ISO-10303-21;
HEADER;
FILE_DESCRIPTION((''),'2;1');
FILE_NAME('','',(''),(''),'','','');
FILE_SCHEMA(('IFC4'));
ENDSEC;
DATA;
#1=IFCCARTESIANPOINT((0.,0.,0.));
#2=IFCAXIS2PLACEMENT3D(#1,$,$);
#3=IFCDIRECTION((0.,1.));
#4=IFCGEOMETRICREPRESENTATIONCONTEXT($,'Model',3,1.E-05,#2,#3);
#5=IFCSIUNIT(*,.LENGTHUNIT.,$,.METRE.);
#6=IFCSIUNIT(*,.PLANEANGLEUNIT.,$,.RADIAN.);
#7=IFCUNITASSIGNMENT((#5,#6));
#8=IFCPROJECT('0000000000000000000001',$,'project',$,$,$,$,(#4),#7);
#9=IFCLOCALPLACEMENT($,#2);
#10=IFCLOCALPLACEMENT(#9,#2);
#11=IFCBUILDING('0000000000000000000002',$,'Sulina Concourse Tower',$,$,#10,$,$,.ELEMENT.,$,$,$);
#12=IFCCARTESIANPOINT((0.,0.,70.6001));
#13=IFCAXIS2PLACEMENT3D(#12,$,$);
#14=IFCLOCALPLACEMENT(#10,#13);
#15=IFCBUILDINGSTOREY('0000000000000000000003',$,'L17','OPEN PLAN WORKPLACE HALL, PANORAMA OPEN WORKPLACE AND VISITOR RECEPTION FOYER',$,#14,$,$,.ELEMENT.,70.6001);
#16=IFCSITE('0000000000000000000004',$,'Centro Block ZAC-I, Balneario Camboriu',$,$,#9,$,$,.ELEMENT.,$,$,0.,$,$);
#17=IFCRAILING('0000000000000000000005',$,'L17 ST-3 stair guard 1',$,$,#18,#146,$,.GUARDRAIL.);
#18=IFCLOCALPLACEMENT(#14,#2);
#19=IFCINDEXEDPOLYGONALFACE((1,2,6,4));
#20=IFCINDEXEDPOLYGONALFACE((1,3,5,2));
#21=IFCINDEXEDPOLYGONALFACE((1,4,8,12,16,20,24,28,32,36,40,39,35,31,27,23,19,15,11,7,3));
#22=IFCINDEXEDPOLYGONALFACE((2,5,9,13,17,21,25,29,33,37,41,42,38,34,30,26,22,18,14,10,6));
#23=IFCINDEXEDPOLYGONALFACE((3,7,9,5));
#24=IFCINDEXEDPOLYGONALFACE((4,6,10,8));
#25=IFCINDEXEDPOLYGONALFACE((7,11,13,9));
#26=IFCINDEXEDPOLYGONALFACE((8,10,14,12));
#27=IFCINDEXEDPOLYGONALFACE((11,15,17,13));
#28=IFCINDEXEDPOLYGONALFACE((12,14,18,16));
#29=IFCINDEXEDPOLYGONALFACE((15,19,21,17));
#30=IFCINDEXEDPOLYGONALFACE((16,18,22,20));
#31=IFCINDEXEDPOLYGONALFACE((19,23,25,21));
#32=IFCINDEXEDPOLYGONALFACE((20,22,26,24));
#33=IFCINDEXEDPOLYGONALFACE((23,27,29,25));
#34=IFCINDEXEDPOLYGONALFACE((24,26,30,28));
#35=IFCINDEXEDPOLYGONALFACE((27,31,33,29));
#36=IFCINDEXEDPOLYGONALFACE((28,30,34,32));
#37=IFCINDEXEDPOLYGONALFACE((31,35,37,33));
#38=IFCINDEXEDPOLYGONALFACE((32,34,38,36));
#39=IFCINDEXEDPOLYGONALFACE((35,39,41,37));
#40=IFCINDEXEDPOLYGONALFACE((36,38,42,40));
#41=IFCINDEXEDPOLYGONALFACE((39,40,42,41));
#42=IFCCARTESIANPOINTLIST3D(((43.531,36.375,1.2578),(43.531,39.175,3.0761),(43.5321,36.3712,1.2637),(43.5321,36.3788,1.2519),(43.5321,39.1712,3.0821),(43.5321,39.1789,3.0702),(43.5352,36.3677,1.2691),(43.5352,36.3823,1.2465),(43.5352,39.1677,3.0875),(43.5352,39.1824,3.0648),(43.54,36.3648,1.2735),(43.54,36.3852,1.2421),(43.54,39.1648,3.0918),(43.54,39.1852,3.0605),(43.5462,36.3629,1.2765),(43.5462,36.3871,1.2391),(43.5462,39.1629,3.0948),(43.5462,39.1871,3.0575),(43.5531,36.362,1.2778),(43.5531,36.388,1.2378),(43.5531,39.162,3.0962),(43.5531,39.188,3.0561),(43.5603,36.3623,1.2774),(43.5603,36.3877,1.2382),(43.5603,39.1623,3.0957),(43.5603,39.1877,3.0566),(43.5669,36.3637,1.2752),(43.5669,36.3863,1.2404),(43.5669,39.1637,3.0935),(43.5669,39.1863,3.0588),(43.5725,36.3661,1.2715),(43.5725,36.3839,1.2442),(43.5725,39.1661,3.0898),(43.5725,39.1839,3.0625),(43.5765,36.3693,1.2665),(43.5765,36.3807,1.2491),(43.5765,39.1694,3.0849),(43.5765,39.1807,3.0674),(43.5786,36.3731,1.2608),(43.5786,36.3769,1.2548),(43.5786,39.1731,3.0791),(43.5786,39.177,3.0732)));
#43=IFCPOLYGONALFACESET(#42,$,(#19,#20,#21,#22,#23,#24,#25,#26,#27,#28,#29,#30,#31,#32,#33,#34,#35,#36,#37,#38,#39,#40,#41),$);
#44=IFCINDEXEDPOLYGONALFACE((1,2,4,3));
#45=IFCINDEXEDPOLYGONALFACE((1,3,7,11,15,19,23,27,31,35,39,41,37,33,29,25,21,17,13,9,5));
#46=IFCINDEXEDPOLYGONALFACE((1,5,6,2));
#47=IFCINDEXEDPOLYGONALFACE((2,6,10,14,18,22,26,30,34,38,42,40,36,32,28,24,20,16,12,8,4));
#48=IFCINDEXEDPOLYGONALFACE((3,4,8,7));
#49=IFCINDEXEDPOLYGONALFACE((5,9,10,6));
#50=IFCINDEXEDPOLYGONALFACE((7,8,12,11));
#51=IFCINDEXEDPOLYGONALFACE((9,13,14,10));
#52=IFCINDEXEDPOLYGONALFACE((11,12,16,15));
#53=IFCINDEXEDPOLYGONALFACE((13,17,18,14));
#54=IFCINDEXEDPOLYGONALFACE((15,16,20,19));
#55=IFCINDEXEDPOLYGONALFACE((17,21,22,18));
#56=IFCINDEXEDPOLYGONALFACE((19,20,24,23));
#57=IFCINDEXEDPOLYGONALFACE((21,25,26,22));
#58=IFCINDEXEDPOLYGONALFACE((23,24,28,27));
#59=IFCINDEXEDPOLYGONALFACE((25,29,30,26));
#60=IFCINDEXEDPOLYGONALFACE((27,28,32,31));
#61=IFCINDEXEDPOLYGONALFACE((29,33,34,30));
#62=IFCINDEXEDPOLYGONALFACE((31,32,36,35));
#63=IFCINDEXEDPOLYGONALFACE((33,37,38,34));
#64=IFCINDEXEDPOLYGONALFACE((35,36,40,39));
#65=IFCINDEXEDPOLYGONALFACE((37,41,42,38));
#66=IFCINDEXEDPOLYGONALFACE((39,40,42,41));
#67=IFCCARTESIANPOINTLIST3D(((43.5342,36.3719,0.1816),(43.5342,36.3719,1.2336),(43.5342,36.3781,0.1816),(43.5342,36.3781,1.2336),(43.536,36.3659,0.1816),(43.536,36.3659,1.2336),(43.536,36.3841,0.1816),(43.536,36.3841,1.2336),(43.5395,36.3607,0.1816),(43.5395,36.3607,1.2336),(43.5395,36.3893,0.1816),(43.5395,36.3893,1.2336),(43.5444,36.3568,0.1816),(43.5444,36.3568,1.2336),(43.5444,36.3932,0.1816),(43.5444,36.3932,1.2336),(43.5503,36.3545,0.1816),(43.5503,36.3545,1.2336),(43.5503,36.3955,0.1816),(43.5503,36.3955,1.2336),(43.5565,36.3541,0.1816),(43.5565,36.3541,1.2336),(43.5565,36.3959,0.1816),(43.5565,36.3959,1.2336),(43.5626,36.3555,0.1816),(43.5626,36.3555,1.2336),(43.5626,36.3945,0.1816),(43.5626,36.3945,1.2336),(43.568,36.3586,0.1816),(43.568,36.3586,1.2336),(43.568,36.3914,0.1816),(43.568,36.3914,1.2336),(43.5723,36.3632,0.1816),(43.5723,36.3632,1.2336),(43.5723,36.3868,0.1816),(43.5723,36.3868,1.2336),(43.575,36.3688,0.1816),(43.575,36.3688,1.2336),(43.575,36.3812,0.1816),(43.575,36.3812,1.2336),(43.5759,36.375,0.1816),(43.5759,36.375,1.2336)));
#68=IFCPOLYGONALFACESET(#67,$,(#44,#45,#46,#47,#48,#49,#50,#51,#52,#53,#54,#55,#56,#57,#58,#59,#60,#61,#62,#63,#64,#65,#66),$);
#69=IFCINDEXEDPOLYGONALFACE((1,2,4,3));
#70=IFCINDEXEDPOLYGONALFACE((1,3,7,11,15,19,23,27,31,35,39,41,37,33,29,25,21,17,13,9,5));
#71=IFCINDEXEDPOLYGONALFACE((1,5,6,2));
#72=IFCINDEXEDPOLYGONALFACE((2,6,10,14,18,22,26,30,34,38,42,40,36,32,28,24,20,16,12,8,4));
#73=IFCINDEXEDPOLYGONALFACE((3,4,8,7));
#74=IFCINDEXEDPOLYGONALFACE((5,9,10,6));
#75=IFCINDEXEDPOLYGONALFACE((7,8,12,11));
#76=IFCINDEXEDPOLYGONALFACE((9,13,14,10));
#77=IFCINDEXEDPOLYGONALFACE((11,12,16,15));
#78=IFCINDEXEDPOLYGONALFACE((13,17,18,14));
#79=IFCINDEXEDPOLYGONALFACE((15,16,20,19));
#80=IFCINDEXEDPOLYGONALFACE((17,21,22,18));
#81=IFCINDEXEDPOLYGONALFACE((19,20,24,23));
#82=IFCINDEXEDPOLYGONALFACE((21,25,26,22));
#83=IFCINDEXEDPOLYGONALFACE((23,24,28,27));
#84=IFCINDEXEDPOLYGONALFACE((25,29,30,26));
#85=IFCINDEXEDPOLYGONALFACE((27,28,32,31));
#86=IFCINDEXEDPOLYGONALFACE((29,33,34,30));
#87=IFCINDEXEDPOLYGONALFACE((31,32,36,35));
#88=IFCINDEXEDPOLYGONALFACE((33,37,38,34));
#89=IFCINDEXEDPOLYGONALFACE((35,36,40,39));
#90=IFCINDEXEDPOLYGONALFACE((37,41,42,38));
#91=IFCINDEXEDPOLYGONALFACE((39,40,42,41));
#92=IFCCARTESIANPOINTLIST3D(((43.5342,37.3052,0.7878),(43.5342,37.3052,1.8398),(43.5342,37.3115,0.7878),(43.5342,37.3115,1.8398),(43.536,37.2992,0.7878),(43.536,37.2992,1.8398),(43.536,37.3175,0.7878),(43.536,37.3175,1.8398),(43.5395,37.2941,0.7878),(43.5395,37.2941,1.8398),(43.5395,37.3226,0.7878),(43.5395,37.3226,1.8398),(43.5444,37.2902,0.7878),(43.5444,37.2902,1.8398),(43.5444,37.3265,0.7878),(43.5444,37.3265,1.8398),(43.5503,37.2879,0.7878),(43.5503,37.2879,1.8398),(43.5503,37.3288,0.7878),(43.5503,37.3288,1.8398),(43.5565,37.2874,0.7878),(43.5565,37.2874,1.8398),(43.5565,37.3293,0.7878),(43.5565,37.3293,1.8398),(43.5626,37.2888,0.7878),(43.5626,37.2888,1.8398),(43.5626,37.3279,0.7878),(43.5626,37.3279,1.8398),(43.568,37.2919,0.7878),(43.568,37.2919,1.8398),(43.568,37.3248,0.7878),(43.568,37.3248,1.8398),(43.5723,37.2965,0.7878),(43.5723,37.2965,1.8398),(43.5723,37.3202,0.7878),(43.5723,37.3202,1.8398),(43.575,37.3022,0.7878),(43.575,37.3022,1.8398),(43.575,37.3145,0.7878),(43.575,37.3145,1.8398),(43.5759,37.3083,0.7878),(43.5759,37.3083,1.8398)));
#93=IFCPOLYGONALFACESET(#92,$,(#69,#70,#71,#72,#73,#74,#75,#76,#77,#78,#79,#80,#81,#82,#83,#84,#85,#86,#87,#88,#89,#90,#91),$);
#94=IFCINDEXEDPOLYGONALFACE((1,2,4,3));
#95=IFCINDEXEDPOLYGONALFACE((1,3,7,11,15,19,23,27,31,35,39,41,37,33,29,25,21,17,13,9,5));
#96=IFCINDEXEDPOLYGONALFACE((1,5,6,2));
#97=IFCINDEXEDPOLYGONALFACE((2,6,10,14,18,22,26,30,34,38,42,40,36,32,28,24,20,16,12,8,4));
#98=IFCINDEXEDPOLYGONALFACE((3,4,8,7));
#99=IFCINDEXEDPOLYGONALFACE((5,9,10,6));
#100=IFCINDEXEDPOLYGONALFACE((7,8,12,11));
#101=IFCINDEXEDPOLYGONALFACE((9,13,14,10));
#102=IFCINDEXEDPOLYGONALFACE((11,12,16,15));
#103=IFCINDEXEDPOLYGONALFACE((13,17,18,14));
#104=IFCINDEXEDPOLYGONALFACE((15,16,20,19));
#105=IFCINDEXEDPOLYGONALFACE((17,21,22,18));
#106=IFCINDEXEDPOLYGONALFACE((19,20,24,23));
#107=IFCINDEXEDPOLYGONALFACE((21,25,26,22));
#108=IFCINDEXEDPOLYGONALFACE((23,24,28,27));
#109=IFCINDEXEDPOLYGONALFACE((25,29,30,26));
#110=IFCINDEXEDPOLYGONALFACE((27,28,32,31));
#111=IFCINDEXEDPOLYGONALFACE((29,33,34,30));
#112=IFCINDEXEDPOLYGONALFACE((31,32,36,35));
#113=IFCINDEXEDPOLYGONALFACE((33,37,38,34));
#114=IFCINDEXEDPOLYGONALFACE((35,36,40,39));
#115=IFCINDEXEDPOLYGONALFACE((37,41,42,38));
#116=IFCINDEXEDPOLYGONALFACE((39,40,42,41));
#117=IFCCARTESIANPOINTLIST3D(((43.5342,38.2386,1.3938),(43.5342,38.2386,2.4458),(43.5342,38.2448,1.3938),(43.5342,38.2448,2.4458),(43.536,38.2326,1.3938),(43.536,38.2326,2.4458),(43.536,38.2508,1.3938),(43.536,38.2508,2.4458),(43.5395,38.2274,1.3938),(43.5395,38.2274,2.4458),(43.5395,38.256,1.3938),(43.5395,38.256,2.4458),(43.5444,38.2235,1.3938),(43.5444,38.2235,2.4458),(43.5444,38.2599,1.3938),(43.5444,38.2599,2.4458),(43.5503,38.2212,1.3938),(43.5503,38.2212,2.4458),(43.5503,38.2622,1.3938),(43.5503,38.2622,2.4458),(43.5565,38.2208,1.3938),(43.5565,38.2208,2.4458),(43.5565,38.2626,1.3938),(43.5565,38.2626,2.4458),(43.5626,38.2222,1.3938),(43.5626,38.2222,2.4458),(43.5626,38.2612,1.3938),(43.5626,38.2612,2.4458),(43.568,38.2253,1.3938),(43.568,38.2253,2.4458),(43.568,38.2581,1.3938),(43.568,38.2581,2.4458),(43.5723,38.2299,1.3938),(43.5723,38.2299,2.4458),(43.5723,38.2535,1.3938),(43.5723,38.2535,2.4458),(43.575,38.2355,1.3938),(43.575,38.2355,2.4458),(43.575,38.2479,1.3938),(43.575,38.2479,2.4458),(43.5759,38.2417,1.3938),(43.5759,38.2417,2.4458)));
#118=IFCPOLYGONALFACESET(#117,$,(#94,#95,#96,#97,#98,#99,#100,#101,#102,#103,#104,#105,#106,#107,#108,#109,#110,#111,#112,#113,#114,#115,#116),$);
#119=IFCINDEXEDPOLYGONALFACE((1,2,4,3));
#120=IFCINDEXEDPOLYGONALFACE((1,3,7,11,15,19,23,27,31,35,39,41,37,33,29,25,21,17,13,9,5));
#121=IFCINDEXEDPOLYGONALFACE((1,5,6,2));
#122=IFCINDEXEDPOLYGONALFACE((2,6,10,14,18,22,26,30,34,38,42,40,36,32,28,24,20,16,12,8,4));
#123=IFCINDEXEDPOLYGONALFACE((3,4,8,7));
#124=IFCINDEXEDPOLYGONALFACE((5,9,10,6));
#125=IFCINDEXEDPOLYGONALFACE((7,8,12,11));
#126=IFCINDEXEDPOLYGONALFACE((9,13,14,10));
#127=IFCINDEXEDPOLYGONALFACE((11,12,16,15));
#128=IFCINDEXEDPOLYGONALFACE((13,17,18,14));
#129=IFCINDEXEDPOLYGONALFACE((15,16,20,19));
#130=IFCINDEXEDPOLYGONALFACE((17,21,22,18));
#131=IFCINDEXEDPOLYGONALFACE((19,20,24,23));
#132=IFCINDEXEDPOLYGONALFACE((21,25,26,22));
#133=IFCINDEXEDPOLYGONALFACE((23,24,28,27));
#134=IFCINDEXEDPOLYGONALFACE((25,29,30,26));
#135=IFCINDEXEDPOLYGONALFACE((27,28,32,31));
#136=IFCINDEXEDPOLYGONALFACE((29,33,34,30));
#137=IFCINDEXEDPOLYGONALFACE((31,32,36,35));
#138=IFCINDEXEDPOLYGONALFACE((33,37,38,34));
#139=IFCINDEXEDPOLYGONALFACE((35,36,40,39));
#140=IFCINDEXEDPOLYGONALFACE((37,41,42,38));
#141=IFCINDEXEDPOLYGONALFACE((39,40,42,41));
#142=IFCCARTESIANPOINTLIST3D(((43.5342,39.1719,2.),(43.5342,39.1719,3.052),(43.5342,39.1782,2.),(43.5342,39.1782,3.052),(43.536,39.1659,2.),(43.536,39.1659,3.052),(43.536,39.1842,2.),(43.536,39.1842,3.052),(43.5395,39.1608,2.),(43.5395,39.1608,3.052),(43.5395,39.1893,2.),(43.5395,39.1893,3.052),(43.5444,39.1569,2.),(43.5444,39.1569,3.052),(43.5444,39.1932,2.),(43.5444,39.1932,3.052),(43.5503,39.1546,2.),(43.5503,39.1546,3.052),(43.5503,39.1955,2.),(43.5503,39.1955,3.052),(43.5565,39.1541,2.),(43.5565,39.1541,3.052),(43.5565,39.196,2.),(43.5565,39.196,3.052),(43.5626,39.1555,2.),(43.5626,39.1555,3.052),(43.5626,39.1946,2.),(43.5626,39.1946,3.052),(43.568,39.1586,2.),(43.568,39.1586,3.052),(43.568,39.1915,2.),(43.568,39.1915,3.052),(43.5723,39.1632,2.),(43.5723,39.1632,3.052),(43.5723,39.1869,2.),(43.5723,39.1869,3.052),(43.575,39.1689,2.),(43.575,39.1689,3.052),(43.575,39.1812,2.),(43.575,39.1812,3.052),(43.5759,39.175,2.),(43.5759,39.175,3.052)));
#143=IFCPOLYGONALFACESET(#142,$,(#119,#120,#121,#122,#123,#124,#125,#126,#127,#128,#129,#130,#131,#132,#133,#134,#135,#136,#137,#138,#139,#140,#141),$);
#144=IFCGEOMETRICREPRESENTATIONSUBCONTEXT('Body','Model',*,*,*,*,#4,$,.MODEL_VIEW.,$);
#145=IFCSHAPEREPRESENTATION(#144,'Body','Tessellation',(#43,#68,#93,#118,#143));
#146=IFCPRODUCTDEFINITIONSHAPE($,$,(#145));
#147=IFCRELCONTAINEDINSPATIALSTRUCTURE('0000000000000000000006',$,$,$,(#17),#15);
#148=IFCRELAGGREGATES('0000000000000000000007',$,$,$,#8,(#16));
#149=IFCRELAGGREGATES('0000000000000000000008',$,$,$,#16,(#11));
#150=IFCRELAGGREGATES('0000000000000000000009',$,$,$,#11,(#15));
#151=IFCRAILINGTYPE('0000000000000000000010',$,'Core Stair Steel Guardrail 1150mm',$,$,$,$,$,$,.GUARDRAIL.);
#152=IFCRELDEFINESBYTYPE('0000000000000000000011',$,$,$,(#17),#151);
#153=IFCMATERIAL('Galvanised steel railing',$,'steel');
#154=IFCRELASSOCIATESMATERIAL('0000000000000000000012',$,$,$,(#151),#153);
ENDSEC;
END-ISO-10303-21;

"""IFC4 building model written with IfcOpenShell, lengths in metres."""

from ifc_helpers import new_model, si_unit, direction, frame, origin, origin_2d, place, context, subcontext, project, spatial, circle, extrude, material, type_object, element, save


model = new_model("IFC4")

# Units and contexts
model_context = context("Model", 3, precision=1e-05, world=origin(), true_north=direction((0.0, 1.0)))
body_context = subcontext(model_context, "Body", "Model", "MODEL_VIEW")
ifc_project = project(units=[si_unit("LENGTHUNIT", "METRE"), si_unit("PLANEANGLEUNIT", "RADIAN")], contexts=[model_context])

# Site, building, storey
site_placement = place(None, origin())
site = spatial("IfcSite", under=ifc_project, at=site_placement, Name="Centro Block ZAC-I, Balneario Camboriu", CompositionType="ELEMENT", RefElevation=0.0)
building_placement = place(site_placement, origin())
building = spatial("IfcBuilding", under=site, at=building_placement, Name="Sulina Concourse Tower", CompositionType="ELEMENT")
storey_placement = place(building_placement, frame((0.0, 0.0, 70.6001)))
storey = spatial("IfcBuildingStorey", under=building, at=storey_placement, Name="L17", Description="OPEN PLAN WORKPLACE HALL, PANORAMA OPEN WORKPLACE AND VISITOR RECEPTION FOYER", CompositionType="ELEMENT", Elevation=70.6001)

# Railing
ifc_material_1 = material(Name="Galvanised steel railing", Category="steel")
railing_type_1 = type_object("IfcRailingType", Name="Core Stair Steel Guardrail 1150mm", PredefinedType="GUARDRAIL", material=ifc_material_1)
railing_1_placement = place(storey_placement, frame((43.5549, 36.375, 0.1816)))
element("IfcRailing", 1, at=railing_1_placement, inside=storey, type_object=railing_type_1, Name="L17 ST-3 stair guard 1", PredefinedType="GUARDRAIL", context=body_context, shape_type="SweptSolid", body=[
    extrude(circle(Radius=0.0239, at=origin_2d()), frame((0.0, 0.0, 1.0762), z_axis=(0.0, 0.838672, 0.544636), x_axis=(-1.0, 0.0, 0.0)), (0.0, 0.0, 1.0), 3.3386),
    extrude(circle(Radius=0.021, at=origin_2d()), origin(), (0.0, 0.0, 1.0), 1.052),
    extrude(circle(Radius=0.021, at=origin_2d()), frame((0.0, 0.9333, 0.6062)), (0.0, 0.0, 1.0), 1.052),
    extrude(circle(Radius=0.021, at=origin_2d()), frame((0.0, 1.8667, 1.2122)), (0.0, 0.0, 1.0), 1.052),
    extrude(circle(Radius=0.021, at=origin_2d()), frame((0.0, 2.8, 1.8184)), (0.0, 0.0, 1.0), 1.052),
])

save(model, "model.ifc")
